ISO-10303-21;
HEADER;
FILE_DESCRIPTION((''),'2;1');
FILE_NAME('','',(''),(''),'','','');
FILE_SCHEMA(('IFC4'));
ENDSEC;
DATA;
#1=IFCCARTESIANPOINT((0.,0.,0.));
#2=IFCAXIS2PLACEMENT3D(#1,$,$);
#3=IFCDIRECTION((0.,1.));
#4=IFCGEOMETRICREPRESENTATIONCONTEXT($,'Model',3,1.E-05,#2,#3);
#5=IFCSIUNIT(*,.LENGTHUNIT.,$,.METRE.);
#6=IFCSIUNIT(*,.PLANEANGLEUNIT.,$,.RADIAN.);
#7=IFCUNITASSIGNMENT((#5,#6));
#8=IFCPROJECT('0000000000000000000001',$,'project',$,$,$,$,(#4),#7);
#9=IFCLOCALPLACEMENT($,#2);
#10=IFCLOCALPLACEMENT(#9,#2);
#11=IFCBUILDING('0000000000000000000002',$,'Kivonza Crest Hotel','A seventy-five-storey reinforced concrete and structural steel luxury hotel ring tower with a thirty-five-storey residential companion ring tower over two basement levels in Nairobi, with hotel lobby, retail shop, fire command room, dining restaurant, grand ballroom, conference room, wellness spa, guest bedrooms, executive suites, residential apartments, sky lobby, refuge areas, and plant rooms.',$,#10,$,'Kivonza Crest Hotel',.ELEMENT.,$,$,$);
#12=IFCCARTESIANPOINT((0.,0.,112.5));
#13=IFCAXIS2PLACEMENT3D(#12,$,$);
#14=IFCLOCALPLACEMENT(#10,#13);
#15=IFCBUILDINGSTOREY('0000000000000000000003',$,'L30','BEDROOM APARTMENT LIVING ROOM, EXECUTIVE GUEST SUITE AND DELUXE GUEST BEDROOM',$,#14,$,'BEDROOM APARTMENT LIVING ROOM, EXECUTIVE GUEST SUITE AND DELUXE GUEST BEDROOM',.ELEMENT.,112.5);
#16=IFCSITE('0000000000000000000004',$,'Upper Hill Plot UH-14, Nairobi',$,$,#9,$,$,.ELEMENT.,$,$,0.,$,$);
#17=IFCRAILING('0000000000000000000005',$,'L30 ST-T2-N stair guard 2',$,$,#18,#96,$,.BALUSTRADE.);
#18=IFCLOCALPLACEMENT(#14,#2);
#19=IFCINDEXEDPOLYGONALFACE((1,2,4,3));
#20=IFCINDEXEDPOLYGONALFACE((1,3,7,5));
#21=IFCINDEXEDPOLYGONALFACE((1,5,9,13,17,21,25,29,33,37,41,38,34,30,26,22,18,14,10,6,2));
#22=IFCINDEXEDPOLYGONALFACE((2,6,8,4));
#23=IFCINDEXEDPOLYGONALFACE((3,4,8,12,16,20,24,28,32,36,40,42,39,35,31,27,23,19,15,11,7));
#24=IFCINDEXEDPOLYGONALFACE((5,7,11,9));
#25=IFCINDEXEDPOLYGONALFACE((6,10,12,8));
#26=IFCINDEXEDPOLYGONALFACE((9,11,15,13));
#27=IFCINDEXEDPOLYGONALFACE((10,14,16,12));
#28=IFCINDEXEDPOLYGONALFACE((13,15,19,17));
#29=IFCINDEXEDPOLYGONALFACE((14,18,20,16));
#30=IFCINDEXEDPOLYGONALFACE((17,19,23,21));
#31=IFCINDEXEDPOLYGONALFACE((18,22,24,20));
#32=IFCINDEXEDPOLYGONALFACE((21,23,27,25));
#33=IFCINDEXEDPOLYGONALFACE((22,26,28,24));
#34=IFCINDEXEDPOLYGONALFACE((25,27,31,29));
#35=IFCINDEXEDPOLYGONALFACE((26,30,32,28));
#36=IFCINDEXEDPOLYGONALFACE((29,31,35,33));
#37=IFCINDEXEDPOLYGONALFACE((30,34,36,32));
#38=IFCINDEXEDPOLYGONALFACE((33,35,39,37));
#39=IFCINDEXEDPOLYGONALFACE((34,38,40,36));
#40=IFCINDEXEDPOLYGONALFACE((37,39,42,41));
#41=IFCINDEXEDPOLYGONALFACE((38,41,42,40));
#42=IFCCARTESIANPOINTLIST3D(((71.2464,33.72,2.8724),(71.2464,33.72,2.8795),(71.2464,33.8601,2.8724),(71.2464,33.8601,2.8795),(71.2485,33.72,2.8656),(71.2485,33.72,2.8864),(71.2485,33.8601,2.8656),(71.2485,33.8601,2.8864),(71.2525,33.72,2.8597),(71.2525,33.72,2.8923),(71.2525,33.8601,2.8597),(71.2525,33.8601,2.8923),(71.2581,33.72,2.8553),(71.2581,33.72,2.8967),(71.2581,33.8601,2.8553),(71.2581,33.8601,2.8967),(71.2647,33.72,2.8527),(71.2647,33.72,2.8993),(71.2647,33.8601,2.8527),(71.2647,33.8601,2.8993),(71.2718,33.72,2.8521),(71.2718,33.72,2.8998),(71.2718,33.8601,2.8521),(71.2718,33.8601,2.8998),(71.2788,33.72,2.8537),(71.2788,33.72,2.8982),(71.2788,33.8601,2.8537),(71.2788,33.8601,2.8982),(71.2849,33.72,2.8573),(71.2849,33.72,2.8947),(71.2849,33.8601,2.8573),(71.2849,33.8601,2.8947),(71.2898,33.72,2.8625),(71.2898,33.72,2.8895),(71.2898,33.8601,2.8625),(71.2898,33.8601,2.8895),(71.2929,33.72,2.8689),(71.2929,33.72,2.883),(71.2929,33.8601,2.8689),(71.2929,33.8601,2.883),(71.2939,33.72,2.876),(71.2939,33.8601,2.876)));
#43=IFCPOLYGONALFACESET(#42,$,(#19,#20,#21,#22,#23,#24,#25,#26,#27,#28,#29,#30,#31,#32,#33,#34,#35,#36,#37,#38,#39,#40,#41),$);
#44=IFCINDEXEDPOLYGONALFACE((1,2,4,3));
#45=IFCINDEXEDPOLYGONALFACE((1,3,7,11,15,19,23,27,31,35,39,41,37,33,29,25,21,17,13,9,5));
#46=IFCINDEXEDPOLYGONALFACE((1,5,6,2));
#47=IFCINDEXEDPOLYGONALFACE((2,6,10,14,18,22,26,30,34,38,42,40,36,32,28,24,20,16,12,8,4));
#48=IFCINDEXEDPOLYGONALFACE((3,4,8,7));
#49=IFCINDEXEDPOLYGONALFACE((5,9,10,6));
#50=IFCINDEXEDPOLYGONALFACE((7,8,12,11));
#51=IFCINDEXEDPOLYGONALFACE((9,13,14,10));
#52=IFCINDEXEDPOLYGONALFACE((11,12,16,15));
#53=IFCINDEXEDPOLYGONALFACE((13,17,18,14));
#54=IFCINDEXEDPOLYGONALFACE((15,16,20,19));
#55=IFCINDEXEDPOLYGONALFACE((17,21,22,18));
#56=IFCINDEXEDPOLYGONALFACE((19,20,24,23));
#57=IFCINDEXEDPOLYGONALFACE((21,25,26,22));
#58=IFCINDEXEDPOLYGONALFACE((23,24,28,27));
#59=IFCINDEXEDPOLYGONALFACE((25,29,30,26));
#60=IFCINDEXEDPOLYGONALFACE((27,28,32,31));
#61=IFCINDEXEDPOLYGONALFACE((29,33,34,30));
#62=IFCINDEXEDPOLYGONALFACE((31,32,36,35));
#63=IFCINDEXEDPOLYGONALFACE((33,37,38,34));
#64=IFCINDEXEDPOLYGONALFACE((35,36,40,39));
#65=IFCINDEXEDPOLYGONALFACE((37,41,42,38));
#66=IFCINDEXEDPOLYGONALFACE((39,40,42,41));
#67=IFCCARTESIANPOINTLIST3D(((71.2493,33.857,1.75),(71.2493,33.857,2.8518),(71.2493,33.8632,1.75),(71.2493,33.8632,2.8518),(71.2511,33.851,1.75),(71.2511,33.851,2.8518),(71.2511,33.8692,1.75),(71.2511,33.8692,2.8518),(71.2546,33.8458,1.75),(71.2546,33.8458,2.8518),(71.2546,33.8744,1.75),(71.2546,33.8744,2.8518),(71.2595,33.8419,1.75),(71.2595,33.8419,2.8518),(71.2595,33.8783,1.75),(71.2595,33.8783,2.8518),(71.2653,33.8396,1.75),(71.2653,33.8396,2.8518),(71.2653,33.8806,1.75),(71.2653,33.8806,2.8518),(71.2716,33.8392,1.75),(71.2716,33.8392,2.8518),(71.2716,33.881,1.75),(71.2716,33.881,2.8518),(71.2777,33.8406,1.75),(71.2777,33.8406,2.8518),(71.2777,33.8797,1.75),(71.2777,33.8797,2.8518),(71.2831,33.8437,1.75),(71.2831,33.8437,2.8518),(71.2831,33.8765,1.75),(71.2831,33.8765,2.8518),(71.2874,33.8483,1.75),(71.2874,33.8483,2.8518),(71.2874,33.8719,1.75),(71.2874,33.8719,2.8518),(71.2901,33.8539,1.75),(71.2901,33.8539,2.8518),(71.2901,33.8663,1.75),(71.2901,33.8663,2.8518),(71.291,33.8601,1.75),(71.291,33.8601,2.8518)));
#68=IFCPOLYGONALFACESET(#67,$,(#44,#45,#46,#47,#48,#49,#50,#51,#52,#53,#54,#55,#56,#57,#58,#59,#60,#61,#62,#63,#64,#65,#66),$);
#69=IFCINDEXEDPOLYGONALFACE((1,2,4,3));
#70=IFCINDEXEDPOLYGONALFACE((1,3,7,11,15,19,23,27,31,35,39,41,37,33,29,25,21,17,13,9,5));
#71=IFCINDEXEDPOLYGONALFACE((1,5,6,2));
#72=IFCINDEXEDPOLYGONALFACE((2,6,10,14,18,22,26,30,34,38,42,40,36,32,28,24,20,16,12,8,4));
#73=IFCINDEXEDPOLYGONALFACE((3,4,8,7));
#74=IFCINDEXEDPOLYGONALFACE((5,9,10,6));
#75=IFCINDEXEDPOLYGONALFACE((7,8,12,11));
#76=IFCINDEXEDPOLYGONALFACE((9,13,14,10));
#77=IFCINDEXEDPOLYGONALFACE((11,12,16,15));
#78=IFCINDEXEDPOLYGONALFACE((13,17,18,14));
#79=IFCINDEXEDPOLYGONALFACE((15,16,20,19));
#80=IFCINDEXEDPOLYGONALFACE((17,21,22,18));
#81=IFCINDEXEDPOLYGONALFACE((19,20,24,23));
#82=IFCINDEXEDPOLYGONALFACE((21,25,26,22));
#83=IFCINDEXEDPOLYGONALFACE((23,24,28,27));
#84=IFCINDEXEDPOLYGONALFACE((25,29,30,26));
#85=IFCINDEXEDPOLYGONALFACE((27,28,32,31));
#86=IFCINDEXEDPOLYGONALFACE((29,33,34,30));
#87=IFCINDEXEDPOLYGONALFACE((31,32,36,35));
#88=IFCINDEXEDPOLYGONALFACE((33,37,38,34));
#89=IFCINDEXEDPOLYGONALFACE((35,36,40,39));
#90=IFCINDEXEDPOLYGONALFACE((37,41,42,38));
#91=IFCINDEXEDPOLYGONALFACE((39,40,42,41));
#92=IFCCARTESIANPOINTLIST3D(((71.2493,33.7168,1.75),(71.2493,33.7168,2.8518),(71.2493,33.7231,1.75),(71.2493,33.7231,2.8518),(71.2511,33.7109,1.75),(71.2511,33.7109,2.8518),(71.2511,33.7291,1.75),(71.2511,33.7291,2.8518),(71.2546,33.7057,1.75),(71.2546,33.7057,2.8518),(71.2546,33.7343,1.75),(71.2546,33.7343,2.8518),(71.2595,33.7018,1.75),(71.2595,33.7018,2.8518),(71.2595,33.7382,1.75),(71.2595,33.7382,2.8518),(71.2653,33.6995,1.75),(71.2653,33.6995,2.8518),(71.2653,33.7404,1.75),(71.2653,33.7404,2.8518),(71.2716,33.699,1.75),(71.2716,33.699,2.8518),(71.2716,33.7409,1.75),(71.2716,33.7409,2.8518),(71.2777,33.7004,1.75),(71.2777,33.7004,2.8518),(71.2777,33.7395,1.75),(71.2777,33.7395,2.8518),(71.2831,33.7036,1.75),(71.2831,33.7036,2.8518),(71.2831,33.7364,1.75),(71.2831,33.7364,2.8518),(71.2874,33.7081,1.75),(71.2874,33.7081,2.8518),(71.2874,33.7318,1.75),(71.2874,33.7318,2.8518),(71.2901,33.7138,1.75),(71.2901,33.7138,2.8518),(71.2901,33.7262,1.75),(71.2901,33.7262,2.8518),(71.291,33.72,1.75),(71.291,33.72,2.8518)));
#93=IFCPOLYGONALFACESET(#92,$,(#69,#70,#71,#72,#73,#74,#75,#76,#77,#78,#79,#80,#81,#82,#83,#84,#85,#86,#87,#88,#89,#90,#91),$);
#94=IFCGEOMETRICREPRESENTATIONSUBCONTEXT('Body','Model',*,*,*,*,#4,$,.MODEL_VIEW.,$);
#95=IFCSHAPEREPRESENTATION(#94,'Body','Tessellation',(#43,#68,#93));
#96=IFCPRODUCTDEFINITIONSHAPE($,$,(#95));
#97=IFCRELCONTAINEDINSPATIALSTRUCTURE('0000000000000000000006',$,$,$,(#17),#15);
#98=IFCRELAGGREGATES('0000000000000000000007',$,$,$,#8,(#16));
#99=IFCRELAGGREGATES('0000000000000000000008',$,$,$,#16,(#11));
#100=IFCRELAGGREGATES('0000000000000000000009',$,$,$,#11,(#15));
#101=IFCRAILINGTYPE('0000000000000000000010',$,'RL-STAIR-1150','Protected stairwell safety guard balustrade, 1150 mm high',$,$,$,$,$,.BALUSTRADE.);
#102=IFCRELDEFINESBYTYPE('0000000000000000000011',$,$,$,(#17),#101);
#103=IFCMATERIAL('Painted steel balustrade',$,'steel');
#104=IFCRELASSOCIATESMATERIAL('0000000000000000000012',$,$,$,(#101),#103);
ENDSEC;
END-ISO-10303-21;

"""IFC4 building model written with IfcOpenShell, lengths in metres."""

from ifc_helpers import new_model, si_unit, direction, frame, origin, origin_2d, place, context, subcontext, project, spatial, circle, extrude, material, type_object, element, save


model = new_model("IFC4")

# Units and contexts
model_context = context("Model", 3, precision=1e-05, world=origin(), true_north=direction((0.0, 1.0)))
body_context = subcontext(model_context, "Body", "Model", "MODEL_VIEW")
ifc_project = project(units=[si_unit("LENGTHUNIT", "METRE"), si_unit("PLANEANGLEUNIT", "RADIAN")], contexts=[model_context])

# Site, building, storey
site_placement = place(None, origin())
site = spatial("IfcSite", under=ifc_project, at=site_placement, Name="Upper Hill Plot UH-14, Nairobi", CompositionType="ELEMENT", RefElevation=0.0)
building_placement = place(site_placement, origin())
building = spatial("IfcBuilding", under=site, at=building_placement, Name="Kivonza Crest Hotel", Description="A seventy-five-storey reinforced concrete and structural steel luxury hotel ring tower with a thirty-five-storey residential companion ring tower over two basement levels in Nairobi, with hotel lobby, retail shop, fire command room, dining restaurant, grand ballroom, conference room, wellness spa, guest bedrooms, executive suites, residential apartments, sky lobby, refuge areas, and plant rooms.", LongName="Kivonza Crest Hotel", CompositionType="ELEMENT")
storey_placement = place(building_placement, frame((0.0, 0.0, 112.5)))
storey = spatial("IfcBuildingStorey", under=building, at=storey_placement, Name="L30", Description="BEDROOM APARTMENT LIVING ROOM, EXECUTIVE GUEST SUITE AND DELUXE GUEST BEDROOM", LongName="BEDROOM APARTMENT LIVING ROOM, EXECUTIVE GUEST SUITE AND DELUXE GUEST BEDROOM", CompositionType="ELEMENT", Elevation=112.5)

# Railing
ifc_material_1 = material(Name="Painted steel balustrade", Category="steel")
railing_type_1 = type_object("IfcRailingType", Name="RL-STAIR-1150", Description="Protected stairwell safety guard balustrade, 1150 mm high", PredefinedType="BALUSTRADE", material=ifc_material_1)
railing_1_placement = place(storey_placement, frame((71.27, 33.8601, 1.75)))
element("IfcRailing", 1, at=railing_1_placement, inside=storey, type_object=railing_type_1, Name="L30 ST-T2-N stair guard 2", PredefinedType="BALUSTRADE", context=body_context, shape_type="SweptSolid", body=[
    extrude(circle(Radius=0.0239, at=origin_2d()), frame((0.0, 0.0, 1.126), z_axis=(0.0, -1.0, 0.0), x_axis=(1.0, 0.0, 0.0)), (0.0, 0.0, 1.0), 0.1401),
    extrude(circle(Radius=0.021, at=origin_2d()), origin(), (0.0, 0.0, 1.0), 1.1018),
    extrude(circle(Radius=0.021, at=origin_2d()), frame((0.0, -0.1401, 0.0)), (0.0, 0.0, 1.0), 1.1018),
])

save(model, "model.ifc")
